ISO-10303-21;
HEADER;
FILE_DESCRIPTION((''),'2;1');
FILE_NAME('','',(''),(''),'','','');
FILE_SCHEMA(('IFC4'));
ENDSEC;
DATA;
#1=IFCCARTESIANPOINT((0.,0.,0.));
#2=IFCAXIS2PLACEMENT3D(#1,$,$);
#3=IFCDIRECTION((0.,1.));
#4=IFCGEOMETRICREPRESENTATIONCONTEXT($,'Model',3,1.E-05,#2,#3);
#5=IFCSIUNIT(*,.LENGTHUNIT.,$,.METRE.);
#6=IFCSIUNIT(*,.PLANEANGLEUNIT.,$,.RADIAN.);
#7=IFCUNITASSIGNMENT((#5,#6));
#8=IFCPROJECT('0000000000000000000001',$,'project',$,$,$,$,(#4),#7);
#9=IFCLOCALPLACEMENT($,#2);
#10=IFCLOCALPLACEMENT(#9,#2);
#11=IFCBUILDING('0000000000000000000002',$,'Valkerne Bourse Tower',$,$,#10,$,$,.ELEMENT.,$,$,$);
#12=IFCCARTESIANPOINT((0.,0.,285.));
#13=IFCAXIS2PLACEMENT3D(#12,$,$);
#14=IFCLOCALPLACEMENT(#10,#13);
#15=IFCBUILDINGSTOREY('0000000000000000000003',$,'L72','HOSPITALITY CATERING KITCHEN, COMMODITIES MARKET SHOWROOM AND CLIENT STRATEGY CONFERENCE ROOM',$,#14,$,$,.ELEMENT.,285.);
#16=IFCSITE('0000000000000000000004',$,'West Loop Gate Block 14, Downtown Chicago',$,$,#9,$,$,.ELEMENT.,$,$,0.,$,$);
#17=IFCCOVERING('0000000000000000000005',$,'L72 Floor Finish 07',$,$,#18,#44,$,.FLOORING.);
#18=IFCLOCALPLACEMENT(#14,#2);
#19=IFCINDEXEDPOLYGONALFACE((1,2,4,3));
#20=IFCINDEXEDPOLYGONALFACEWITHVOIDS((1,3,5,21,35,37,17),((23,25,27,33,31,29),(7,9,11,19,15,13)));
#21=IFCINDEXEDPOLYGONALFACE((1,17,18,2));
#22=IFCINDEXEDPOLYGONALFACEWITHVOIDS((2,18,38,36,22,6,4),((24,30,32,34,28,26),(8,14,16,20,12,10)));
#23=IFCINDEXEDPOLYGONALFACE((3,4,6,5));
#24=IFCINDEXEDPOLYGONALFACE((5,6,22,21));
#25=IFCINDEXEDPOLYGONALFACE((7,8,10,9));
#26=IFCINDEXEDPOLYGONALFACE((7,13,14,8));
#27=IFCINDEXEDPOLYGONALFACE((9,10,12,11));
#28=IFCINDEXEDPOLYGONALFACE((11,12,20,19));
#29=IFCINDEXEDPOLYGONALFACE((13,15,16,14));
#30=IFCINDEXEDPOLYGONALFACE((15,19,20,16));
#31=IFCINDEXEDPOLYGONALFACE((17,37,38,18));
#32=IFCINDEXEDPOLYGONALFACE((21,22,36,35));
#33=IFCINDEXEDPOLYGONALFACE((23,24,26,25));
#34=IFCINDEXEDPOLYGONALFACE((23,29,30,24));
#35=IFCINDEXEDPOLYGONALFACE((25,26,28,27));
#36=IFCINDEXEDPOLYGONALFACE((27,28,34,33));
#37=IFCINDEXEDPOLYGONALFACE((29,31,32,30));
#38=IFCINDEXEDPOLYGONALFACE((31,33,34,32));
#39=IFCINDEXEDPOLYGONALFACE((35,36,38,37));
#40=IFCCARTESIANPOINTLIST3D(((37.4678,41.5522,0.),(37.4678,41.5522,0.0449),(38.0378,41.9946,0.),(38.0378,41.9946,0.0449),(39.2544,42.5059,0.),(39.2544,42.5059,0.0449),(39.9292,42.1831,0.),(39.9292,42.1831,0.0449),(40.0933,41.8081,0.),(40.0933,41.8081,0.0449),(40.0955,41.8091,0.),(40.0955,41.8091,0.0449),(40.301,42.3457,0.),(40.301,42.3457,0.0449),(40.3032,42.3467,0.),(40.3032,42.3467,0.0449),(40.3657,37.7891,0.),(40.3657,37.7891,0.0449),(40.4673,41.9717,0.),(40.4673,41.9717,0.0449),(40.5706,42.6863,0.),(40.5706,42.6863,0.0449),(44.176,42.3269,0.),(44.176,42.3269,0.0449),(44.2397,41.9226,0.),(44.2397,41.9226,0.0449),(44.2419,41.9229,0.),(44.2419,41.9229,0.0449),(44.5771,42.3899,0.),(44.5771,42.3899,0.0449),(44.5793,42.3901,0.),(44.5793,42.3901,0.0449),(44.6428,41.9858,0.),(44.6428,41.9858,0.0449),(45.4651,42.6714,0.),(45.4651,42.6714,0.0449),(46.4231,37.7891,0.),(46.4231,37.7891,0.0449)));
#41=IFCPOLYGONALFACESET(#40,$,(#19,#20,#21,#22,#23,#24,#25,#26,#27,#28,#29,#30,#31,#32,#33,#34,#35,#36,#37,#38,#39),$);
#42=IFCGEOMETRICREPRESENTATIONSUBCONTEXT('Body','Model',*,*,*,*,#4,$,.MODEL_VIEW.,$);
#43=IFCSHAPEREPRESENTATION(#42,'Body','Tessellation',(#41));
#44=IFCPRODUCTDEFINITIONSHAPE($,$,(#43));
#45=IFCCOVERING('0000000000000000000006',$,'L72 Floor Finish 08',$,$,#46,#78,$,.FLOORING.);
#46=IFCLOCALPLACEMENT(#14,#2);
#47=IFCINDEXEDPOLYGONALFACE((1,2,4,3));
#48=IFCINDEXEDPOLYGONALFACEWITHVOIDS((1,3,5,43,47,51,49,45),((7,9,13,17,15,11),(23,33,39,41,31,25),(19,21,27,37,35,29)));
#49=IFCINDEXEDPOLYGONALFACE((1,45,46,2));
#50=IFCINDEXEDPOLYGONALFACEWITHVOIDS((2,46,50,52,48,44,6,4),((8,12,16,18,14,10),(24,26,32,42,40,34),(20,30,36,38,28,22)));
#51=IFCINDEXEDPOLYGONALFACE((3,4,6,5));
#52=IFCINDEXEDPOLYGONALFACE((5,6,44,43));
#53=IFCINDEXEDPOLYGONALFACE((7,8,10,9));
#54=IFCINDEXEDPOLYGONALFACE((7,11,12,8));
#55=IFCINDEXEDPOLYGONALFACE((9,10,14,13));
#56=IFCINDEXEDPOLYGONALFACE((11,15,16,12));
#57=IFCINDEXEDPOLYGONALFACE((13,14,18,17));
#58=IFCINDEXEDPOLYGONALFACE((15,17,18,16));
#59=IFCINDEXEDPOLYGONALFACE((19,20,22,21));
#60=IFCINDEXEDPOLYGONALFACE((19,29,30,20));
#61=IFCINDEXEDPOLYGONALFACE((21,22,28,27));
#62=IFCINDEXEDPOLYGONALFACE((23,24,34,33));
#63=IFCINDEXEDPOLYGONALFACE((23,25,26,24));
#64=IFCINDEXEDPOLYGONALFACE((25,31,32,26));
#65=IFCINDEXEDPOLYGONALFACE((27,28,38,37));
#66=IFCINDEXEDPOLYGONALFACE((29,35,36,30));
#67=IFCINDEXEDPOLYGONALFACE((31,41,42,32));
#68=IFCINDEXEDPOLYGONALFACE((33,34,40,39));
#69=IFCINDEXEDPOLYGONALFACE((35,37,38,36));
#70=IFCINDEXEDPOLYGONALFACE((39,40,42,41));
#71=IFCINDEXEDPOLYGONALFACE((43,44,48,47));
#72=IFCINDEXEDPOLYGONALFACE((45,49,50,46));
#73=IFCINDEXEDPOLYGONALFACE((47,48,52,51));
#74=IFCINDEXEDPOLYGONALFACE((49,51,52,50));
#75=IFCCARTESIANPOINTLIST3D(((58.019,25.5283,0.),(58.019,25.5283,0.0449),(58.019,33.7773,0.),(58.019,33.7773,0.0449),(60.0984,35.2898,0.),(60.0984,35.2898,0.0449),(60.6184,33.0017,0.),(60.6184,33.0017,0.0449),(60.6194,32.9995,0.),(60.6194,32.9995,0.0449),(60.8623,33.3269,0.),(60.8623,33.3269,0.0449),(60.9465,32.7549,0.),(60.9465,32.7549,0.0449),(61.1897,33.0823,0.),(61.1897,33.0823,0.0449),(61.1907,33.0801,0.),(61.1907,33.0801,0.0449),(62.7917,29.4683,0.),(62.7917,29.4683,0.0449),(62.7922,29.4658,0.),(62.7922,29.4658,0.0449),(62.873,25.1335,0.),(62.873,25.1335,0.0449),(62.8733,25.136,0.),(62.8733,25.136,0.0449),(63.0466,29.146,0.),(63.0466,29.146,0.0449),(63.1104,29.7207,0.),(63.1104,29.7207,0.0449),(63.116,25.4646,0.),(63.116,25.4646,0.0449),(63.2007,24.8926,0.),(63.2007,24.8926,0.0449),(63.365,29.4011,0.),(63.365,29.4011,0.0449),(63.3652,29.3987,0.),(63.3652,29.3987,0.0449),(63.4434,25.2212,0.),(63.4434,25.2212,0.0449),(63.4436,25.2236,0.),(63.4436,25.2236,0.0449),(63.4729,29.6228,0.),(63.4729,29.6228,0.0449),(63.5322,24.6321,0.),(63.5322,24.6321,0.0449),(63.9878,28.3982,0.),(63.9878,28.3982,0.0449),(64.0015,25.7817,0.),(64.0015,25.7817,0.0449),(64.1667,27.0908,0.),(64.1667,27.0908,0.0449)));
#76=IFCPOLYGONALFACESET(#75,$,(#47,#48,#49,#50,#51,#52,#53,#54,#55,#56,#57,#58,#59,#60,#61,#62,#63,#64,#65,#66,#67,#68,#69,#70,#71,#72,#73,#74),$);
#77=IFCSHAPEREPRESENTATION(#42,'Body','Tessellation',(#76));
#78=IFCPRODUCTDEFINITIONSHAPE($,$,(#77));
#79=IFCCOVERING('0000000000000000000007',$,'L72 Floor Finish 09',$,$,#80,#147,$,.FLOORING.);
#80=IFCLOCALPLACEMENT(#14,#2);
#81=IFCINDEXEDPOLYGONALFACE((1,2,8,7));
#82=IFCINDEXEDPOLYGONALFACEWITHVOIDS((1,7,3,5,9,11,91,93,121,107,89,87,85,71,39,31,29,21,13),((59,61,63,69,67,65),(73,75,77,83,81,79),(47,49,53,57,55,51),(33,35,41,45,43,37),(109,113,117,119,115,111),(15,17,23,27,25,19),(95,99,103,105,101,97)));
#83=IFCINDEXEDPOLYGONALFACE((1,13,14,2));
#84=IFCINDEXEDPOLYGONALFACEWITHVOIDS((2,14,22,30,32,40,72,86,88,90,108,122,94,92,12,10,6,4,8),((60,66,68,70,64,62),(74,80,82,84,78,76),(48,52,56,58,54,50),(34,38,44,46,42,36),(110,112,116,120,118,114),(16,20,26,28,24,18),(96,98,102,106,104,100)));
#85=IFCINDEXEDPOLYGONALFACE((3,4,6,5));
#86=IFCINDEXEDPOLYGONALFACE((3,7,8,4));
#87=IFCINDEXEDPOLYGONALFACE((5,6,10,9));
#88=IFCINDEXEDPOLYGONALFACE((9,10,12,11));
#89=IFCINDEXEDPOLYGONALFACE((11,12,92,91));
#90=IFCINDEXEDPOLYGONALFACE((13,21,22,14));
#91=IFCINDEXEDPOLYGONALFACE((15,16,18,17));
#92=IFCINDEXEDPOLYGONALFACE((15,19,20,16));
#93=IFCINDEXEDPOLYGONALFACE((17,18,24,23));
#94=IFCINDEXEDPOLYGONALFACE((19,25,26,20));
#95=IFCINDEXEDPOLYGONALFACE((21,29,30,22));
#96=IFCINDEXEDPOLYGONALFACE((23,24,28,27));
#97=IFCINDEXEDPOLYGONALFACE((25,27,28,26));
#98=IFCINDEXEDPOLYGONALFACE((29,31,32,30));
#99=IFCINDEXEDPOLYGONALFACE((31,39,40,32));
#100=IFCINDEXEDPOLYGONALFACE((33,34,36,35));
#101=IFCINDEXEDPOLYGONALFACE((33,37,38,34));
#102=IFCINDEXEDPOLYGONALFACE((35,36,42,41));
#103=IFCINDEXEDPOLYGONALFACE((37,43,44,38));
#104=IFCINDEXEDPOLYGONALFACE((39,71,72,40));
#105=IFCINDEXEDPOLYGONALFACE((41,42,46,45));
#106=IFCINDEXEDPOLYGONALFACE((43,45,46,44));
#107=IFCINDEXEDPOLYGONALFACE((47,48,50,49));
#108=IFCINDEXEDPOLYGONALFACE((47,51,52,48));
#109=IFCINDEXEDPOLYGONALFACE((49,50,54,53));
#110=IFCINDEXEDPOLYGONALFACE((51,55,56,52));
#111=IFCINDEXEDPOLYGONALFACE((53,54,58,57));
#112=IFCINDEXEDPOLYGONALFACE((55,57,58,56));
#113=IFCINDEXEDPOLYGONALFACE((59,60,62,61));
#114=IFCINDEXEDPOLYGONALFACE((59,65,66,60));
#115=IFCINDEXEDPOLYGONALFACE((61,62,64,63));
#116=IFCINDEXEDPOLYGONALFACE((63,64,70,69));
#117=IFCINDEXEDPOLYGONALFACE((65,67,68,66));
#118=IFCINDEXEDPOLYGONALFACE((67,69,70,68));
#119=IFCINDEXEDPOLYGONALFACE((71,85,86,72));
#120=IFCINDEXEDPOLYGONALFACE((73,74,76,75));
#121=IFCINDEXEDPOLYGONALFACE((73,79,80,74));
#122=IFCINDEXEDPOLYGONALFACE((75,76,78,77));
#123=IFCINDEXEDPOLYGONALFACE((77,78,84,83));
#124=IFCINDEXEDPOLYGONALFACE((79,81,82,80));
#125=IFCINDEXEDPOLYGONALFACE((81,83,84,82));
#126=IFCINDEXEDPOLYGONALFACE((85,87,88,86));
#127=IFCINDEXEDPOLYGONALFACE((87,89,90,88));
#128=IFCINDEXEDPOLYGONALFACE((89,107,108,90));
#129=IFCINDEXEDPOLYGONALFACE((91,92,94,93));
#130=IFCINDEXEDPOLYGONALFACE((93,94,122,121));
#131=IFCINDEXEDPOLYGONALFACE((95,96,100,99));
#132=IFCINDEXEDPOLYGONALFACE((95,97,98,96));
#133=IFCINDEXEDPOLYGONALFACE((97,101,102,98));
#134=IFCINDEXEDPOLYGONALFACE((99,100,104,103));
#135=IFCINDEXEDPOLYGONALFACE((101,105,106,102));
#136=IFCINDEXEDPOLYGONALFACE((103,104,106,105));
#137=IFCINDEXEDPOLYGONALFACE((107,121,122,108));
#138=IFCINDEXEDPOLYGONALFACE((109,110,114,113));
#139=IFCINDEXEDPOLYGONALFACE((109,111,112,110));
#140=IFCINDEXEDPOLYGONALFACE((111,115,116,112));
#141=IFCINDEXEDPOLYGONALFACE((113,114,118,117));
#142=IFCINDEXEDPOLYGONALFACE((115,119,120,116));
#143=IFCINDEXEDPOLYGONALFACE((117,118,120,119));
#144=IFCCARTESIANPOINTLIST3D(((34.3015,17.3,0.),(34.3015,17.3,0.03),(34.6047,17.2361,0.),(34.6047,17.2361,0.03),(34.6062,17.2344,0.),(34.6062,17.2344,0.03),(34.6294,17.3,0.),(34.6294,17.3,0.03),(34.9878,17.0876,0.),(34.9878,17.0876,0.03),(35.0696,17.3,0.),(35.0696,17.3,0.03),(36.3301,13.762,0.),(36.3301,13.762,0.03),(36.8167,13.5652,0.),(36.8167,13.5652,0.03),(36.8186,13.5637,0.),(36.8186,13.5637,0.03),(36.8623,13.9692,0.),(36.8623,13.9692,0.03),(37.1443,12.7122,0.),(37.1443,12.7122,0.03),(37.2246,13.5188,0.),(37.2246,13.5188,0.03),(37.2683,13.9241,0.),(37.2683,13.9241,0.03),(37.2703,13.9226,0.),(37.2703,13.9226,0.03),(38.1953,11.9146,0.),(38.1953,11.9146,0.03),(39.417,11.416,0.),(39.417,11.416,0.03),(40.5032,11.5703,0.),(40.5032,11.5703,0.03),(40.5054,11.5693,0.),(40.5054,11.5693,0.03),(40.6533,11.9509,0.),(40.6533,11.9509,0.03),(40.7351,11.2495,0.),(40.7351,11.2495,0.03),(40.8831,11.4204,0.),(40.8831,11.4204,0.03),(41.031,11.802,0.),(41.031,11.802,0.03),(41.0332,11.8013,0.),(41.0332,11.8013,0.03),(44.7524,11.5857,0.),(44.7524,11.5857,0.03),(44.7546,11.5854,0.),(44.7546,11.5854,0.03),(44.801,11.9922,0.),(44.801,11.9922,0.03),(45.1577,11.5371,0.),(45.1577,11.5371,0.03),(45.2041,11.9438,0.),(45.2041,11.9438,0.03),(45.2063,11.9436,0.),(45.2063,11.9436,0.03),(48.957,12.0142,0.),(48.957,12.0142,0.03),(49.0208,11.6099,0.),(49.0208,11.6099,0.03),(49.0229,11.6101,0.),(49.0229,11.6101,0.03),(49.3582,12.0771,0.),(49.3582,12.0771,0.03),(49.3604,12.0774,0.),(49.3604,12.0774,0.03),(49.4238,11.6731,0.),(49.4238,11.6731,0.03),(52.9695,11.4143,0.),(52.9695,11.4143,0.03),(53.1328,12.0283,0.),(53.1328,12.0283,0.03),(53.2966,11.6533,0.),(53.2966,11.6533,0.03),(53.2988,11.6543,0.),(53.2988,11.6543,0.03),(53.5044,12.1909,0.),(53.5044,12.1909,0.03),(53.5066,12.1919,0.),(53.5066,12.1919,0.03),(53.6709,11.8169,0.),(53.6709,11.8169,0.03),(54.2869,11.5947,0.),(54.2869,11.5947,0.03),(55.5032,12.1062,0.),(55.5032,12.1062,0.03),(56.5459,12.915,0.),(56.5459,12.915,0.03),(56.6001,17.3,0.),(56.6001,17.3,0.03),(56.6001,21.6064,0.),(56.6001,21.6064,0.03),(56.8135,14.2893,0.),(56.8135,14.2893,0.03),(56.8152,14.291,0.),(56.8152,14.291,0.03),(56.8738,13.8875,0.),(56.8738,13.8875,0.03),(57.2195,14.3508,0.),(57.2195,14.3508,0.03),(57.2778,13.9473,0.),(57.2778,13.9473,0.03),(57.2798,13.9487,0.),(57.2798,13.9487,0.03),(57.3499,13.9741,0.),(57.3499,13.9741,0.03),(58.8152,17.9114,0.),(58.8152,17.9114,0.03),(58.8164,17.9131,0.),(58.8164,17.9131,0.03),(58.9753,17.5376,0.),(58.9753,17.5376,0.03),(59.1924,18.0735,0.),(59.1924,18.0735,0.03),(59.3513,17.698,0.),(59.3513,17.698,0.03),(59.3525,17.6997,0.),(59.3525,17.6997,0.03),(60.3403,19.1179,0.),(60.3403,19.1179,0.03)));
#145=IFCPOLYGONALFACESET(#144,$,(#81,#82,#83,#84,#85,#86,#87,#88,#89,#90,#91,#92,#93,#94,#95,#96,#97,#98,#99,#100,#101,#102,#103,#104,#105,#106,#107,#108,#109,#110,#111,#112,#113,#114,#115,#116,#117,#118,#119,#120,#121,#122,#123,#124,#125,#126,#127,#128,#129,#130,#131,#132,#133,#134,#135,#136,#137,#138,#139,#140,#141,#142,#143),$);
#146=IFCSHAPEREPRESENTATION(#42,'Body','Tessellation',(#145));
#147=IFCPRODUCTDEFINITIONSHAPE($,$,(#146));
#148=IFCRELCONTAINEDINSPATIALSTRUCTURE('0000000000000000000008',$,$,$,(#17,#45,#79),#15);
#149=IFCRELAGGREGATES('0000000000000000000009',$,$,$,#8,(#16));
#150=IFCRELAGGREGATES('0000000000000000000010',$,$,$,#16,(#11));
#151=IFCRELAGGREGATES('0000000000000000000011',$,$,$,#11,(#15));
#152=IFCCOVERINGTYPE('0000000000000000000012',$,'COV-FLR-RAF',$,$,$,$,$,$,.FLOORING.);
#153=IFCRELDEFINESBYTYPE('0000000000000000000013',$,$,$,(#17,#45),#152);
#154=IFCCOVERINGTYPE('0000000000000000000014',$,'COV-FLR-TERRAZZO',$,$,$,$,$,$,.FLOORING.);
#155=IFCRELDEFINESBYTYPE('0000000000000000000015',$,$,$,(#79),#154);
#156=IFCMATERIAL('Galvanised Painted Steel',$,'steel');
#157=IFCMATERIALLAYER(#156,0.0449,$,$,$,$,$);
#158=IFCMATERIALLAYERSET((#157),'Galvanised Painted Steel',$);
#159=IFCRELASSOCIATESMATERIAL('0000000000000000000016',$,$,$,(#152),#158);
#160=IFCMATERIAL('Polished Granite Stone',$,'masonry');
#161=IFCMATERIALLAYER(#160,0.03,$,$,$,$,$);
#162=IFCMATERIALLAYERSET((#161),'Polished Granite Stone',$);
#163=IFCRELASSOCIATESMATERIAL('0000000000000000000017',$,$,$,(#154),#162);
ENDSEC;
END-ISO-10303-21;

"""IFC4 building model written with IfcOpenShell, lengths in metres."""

from ifc_helpers import new_model, si_unit, direction, frame, origin, place, context, subcontext, project, spatial, polyline, outline, extrude, material, layer, layer_set, type_object, element, save


model = new_model("IFC4")

# Units and contexts
model_context = context("Model", 3, precision=1e-05, world=origin(), true_north=direction((0.0, 1.0)))
body_context = subcontext(model_context, "Body", "Model", "MODEL_VIEW")
ifc_project = project(units=[si_unit("LENGTHUNIT", "METRE"), si_unit("PLANEANGLEUNIT", "RADIAN")], contexts=[model_context])

# Site, building, storey
site_placement = place(None, origin())
site = spatial("IfcSite", under=ifc_project, at=site_placement, Name="West Loop Gate Block 14, Downtown Chicago", CompositionType="ELEMENT", RefElevation=0.0)
building_placement = place(site_placement, origin())
building = spatial("IfcBuilding", under=site, at=building_placement, Name="Valkerne Bourse Tower", CompositionType="ELEMENT")
storey_placement = place(building_placement, frame((0.0, 0.0, 285.0)))
storey = spatial("IfcBuildingStorey", under=building, at=storey_placement, Name="L72", Description="HOSPITALITY CATERING KITCHEN, COMMODITIES MARKET SHOWROOM AND CLIENT STRATEGY CONFERENCE ROOM", CompositionType="ELEMENT", Elevation=285.0)

# Coverings
ifc_material_1 = material(Name="Galvanised Painted Steel", Category="steel")
ifc_layer_1 = layer(ifc_material_1, 0.0449)
ifc_layer_set_1 = layer_set([ifc_layer_1], Name="Galvanised Painted Steel")
covering_type_1 = type_object("IfcCoveringType", Name="COV-FLR-RAF", PredefinedType="FLOORING", material=ifc_layer_set_1)
covering_1_placement = place(storey_placement, origin())
element("IfcCovering", 1, at=covering_1_placement, inside=storey, type_object=covering_type_1, Name="L72 Floor Finish 07", PredefinedType="FLOORING", context=body_context, shape_type="SweptSolid", body=[
    extrude(outline(polyline([(40.5706, 42.6863), (45.4651, 42.6714), (46.4231, 37.7891), (40.3657, 37.7891), (37.4678, 41.5522), (38.0378, 41.9946), (39.2544, 42.5059), (40.5706, 42.6863)]), holes=[polyline([(40.0955, 41.8091), (40.4673, 41.9717), (40.3032, 42.3467), (40.301, 42.3457), (39.9292, 42.1831), (40.0933, 41.8081), (40.0955, 41.8091)]), polyline([(44.6428, 41.9858), (44.5793, 42.3901), (44.5771, 42.3899), (44.176, 42.3269), (44.2397, 41.9226), (44.2419, 41.9229), (44.6428, 41.9858)])]), origin(), (0.0, 0.0, 1.0), 0.0449),
])
covering_2_placement = place(storey_placement, origin())
element("IfcCovering", 2, at=covering_2_placement, inside=storey, type_object=covering_type_1, Name="L72 Floor Finish 08", PredefinedType="FLOORING", context=body_context, shape_type="SweptSolid", body=[
    extrude(outline(polyline([(64.0015, 25.7817), (63.5322, 24.6321), (58.019, 25.5283), (58.019, 33.7773), (60.0984, 35.2898), (63.4729, 29.6228), (63.9878, 28.3982), (64.1667, 27.0908), (64.0015, 25.7817)]), holes=[polyline([(63.4434, 25.2212), (63.4436, 25.2236), (63.116, 25.4646), (62.8733, 25.136), (62.873, 25.1335), (63.2007, 24.8926), (63.4434, 25.2212)]), polyline([(63.365, 29.4011), (63.1104, 29.7207), (62.7917, 29.4683), (62.7922, 29.4658), (63.0466, 29.146), (63.3652, 29.3987), (63.365, 29.4011)]), polyline([(61.1897, 33.0823), (60.8623, 33.3269), (60.6184, 33.0017), (60.6194, 32.9995), (60.9465, 32.7549), (61.1907, 33.0801), (61.1897, 33.0823)])]), origin(), (0.0, 0.0, 1.0), 0.0449),
])
ifc_material_2 = material(Name="Polished Granite Stone", Category="masonry")
ifc_layer_2 = layer(ifc_material_2, 0.03)
ifc_layer_set_2 = layer_set([ifc_layer_2], Name="Polished Granite Stone")
covering_type_2 = type_object("IfcCoveringType", Name="COV-FLR-TERRAZZO", PredefinedType="FLOORING", material=ifc_layer_set_2)
covering_3_placement = place(storey_placement, origin())
element("IfcCovering", 3, at=covering_3_placement, inside=storey, type_object=covering_type_2, Name="L72 Floor Finish 09", PredefinedType="FLOORING", context=body_context, shape_type="SweptSolid", body=[
    extrude(outline(polyline([(55.5032, 12.1062), (54.2869, 11.5947), (52.9695, 11.4143), (40.7351, 11.2495), (39.417, 11.416), (38.1953, 11.9146), (37.1443, 12.7122), (36.3301, 13.762), (34.3015, 17.3), (34.6294, 17.3), (34.6047, 17.2361), (34.6062, 17.2344), (34.9878, 17.0876), (35.0696, 17.3), (56.6001, 17.3), (56.6001, 21.6064), (60.3403, 19.1179), (57.3499, 13.9741), (56.5459, 12.915), (55.5032, 12.1062)]), holes=[polyline([(41.031, 11.802), (40.6533, 11.9509), (40.5032, 11.5703), (40.5054, 11.5693), (40.8831, 11.4204), (41.0332, 11.8013), (41.031, 11.802)]), polyline([(45.2041, 11.9438), (44.801, 11.9922), (44.7524, 11.5857), (44.7546, 11.5854), (45.1577, 11.5371), (45.2063, 11.9436), (45.2041, 11.9438)]), polyline([(37.2683, 13.9241), (36.8623, 13.9692), (36.8167, 13.5652), (36.8186, 13.5637), (37.2246, 13.5188), (37.2703, 13.9226), (37.2683, 13.9241)]), polyline([(49.4238, 11.6731), (49.3604, 12.0774), (49.3582, 12.0771), (48.957, 12.0142), (49.0208, 11.6099), (49.0229, 11.6101), (49.4238, 11.6731)]), polyline([(53.6709, 11.8169), (53.5066, 12.1919), (53.5044, 12.1909), (53.1328, 12.0283), (53.2966, 11.6533), (53.2988, 11.6543), (53.6709, 11.8169)]), polyline([(57.2798, 13.9487), (57.2195, 14.3508), (56.8152, 14.291), (56.8135, 14.2893), (56.8738, 13.8875), (57.2778, 13.9473), (57.2798, 13.9487)]), polyline([(59.3525, 17.6997), (59.1924, 18.0735), (58.8164, 17.9131), (58.8152, 17.9114), (58.9753, 17.5376), (59.3513, 17.698), (59.3525, 17.6997)])]), origin(), (0.0, 0.0, 1.0), 0.03),
])

save(model, "model.ifc")
